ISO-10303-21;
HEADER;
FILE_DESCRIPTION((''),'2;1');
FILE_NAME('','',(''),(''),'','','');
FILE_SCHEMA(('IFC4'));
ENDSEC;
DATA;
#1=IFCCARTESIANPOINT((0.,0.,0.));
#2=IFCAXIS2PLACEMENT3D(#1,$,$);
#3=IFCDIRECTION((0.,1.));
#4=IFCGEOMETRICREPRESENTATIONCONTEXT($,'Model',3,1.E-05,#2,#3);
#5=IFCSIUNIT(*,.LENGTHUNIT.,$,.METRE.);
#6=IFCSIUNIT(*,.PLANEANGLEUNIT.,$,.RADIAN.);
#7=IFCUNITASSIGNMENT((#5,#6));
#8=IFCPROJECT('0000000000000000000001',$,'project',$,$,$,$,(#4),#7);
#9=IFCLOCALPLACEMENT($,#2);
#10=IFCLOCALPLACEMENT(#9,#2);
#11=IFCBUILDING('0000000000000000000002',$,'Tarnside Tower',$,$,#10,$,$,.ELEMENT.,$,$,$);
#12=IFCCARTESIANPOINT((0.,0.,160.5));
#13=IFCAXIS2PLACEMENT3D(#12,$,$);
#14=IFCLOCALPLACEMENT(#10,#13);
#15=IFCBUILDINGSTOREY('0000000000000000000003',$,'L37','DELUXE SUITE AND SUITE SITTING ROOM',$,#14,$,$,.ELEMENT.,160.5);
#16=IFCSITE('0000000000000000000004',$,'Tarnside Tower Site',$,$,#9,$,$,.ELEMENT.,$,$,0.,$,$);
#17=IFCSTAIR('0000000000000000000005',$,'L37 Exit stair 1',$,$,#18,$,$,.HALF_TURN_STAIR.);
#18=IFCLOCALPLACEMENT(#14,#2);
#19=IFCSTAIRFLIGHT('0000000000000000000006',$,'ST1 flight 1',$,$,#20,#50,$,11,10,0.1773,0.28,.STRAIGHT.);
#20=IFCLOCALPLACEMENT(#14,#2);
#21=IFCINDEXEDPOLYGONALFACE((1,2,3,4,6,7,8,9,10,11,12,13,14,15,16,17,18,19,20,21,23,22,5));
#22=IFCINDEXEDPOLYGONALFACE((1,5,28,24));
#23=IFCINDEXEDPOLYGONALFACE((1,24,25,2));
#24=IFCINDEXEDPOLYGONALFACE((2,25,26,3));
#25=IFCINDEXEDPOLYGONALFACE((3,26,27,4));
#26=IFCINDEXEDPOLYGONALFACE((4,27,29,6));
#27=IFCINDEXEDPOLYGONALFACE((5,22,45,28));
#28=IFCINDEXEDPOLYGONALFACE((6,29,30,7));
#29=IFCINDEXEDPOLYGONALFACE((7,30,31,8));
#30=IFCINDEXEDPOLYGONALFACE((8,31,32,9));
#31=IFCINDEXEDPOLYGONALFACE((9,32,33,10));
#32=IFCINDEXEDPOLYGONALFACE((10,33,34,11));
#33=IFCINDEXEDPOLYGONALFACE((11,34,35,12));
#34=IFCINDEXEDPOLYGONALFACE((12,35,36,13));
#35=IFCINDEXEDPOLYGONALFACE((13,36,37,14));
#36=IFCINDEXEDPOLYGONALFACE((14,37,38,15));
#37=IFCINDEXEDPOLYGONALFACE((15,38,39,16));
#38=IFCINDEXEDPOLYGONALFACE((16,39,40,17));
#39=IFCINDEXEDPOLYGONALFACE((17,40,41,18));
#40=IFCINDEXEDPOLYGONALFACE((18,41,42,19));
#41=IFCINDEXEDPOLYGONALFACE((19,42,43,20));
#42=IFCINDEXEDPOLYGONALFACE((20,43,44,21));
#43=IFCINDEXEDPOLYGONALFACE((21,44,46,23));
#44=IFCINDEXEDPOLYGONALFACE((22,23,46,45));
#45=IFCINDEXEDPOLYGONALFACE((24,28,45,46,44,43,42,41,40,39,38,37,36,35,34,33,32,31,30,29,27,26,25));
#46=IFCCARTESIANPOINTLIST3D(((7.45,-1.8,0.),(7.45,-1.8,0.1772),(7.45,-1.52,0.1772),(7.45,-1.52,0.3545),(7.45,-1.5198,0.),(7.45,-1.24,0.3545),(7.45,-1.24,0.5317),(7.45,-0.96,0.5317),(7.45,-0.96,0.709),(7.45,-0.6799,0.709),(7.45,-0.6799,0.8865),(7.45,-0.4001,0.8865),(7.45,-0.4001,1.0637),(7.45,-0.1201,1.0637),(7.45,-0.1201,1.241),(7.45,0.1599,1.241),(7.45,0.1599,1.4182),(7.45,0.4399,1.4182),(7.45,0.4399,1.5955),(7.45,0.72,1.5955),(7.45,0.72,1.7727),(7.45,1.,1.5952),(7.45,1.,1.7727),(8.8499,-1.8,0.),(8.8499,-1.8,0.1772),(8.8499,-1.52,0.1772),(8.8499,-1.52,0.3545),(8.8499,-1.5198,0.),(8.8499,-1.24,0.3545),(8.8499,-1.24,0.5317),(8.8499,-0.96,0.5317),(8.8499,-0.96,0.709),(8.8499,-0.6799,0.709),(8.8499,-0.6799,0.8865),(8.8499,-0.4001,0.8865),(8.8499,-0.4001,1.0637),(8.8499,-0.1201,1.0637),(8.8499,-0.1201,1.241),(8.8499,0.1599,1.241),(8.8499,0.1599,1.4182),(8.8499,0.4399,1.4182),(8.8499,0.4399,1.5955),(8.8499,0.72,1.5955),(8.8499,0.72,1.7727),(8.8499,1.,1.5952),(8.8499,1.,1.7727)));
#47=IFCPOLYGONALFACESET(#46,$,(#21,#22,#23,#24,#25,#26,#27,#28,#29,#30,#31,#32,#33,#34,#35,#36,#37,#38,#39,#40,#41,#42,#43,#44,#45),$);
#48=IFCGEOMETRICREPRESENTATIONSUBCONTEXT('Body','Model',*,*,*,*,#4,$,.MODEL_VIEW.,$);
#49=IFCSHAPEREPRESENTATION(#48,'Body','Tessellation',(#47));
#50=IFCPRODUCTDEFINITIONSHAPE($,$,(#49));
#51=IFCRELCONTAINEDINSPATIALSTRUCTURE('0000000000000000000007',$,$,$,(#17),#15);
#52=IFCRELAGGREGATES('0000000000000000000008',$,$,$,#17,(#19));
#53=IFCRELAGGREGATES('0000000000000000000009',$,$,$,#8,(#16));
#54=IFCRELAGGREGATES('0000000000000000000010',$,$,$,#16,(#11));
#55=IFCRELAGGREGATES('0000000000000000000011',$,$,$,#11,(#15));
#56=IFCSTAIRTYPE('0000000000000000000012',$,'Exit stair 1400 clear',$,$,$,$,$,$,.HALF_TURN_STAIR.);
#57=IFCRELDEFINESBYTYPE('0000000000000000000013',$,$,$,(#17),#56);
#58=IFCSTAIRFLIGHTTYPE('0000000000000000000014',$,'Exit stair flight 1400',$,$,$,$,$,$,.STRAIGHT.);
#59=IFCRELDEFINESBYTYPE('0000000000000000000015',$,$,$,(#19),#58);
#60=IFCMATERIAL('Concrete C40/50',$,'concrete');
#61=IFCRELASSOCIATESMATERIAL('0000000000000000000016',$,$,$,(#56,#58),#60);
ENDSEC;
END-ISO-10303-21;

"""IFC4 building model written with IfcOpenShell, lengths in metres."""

from ifc_helpers import new_model, si_unit, direction, frame, origin, place, context, subcontext, project, spatial, polyline, outline, extrude, material, type_object, element, aggregate, save


model = new_model("IFC4")

# Units and contexts
model_context = context("Model", 3, precision=1e-05, world=origin(), true_north=direction((0.0, 1.0)))
body_context = subcontext(model_context, "Body", "Model", "MODEL_VIEW")
ifc_project = project(units=[si_unit("LENGTHUNIT", "METRE"), si_unit("PLANEANGLEUNIT", "RADIAN")], contexts=[model_context])

# Site, building, storey
site_placement = place(None, origin())
site = spatial("IfcSite", under=ifc_project, at=site_placement, Name="Tarnside Tower Site", CompositionType="ELEMENT", RefElevation=0.0)
building_placement = place(site_placement, origin())
building = spatial("IfcBuilding", under=site, at=building_placement, Name="Tarnside Tower", CompositionType="ELEMENT")
storey_placement = place(building_placement, frame((0.0, 0.0, 160.5)))
storey = spatial("IfcBuildingStorey", under=building, at=storey_placement, Name="L37", Description="DELUXE SUITE AND SUITE SITTING ROOM", CompositionType="ELEMENT", Elevation=160.5)

# Shared definitions
ifc_material_1 = material(Name="Concrete C40/50", Category="concrete")

# Stair, stair flight
stair_type = type_object("IfcStairType", Name="Exit stair 1400 clear", PredefinedType="HALF_TURN_STAIR", material=ifc_material_1)
stair_placement = place(storey_placement, origin())
stair = element("IfcStair", 1, at=stair_placement, inside=storey, type_object=stair_type, Name="L37 Exit stair 1", PredefinedType="HALF_TURN_STAIR")
stair_flight_type = type_object("IfcStairFlightType", Name="Exit stair flight 1400", PredefinedType="STRAIGHT", material=ifc_material_1)
stair_flight_placement = place(storey_placement, frame((8.1499, -1.8, 0.0), z_axis=(0.0, 0.0, 1.0), x_axis=(0.0, 1.0, 0.0)))
stair_flight = element("IfcStairFlight", 2, at=stair_flight_placement, type_object=stair_flight_type, Name="ST1 flight 1", NumberOfRisers=11, NumberOfTreads=10, PredefinedType="STRAIGHT", RiserHeight=0.1773, TreadLength=0.28, context=body_context, shape_type="SweptSolid", body=[
    extrude(outline(polyline([(0.0, 0.0), (0.0, 0.1772), (0.28, 0.1772), (0.28, 0.3545), (0.5601, 0.3545), (0.5601, 0.5317), (0.8401, 0.5317), (0.8401, 0.709), (1.1201, 0.709), (1.1201, 0.8865), (1.3999, 0.8865), (1.3999, 1.0637), (1.6799, 1.0637), (1.6799, 1.241), (1.96, 1.241), (1.96, 1.4182), (2.24, 1.4182), (2.24, 1.5955), (2.52, 1.5955), (2.52, 1.7727), (2.8, 1.7727), (2.8, 1.95), (2.8, 1.5952), (0.2803, 0.0), (0.0, 0.0)])), frame((0.0, 0.7, 0.0), z_axis=(0.0, -1.0, 0.0), x_axis=(1.0, 0.0, 0.0)), (0.0, 0.0, 1.0), 1.3999),
])
aggregate(stair, [stair_flight])

save(model, "model.ifc")
